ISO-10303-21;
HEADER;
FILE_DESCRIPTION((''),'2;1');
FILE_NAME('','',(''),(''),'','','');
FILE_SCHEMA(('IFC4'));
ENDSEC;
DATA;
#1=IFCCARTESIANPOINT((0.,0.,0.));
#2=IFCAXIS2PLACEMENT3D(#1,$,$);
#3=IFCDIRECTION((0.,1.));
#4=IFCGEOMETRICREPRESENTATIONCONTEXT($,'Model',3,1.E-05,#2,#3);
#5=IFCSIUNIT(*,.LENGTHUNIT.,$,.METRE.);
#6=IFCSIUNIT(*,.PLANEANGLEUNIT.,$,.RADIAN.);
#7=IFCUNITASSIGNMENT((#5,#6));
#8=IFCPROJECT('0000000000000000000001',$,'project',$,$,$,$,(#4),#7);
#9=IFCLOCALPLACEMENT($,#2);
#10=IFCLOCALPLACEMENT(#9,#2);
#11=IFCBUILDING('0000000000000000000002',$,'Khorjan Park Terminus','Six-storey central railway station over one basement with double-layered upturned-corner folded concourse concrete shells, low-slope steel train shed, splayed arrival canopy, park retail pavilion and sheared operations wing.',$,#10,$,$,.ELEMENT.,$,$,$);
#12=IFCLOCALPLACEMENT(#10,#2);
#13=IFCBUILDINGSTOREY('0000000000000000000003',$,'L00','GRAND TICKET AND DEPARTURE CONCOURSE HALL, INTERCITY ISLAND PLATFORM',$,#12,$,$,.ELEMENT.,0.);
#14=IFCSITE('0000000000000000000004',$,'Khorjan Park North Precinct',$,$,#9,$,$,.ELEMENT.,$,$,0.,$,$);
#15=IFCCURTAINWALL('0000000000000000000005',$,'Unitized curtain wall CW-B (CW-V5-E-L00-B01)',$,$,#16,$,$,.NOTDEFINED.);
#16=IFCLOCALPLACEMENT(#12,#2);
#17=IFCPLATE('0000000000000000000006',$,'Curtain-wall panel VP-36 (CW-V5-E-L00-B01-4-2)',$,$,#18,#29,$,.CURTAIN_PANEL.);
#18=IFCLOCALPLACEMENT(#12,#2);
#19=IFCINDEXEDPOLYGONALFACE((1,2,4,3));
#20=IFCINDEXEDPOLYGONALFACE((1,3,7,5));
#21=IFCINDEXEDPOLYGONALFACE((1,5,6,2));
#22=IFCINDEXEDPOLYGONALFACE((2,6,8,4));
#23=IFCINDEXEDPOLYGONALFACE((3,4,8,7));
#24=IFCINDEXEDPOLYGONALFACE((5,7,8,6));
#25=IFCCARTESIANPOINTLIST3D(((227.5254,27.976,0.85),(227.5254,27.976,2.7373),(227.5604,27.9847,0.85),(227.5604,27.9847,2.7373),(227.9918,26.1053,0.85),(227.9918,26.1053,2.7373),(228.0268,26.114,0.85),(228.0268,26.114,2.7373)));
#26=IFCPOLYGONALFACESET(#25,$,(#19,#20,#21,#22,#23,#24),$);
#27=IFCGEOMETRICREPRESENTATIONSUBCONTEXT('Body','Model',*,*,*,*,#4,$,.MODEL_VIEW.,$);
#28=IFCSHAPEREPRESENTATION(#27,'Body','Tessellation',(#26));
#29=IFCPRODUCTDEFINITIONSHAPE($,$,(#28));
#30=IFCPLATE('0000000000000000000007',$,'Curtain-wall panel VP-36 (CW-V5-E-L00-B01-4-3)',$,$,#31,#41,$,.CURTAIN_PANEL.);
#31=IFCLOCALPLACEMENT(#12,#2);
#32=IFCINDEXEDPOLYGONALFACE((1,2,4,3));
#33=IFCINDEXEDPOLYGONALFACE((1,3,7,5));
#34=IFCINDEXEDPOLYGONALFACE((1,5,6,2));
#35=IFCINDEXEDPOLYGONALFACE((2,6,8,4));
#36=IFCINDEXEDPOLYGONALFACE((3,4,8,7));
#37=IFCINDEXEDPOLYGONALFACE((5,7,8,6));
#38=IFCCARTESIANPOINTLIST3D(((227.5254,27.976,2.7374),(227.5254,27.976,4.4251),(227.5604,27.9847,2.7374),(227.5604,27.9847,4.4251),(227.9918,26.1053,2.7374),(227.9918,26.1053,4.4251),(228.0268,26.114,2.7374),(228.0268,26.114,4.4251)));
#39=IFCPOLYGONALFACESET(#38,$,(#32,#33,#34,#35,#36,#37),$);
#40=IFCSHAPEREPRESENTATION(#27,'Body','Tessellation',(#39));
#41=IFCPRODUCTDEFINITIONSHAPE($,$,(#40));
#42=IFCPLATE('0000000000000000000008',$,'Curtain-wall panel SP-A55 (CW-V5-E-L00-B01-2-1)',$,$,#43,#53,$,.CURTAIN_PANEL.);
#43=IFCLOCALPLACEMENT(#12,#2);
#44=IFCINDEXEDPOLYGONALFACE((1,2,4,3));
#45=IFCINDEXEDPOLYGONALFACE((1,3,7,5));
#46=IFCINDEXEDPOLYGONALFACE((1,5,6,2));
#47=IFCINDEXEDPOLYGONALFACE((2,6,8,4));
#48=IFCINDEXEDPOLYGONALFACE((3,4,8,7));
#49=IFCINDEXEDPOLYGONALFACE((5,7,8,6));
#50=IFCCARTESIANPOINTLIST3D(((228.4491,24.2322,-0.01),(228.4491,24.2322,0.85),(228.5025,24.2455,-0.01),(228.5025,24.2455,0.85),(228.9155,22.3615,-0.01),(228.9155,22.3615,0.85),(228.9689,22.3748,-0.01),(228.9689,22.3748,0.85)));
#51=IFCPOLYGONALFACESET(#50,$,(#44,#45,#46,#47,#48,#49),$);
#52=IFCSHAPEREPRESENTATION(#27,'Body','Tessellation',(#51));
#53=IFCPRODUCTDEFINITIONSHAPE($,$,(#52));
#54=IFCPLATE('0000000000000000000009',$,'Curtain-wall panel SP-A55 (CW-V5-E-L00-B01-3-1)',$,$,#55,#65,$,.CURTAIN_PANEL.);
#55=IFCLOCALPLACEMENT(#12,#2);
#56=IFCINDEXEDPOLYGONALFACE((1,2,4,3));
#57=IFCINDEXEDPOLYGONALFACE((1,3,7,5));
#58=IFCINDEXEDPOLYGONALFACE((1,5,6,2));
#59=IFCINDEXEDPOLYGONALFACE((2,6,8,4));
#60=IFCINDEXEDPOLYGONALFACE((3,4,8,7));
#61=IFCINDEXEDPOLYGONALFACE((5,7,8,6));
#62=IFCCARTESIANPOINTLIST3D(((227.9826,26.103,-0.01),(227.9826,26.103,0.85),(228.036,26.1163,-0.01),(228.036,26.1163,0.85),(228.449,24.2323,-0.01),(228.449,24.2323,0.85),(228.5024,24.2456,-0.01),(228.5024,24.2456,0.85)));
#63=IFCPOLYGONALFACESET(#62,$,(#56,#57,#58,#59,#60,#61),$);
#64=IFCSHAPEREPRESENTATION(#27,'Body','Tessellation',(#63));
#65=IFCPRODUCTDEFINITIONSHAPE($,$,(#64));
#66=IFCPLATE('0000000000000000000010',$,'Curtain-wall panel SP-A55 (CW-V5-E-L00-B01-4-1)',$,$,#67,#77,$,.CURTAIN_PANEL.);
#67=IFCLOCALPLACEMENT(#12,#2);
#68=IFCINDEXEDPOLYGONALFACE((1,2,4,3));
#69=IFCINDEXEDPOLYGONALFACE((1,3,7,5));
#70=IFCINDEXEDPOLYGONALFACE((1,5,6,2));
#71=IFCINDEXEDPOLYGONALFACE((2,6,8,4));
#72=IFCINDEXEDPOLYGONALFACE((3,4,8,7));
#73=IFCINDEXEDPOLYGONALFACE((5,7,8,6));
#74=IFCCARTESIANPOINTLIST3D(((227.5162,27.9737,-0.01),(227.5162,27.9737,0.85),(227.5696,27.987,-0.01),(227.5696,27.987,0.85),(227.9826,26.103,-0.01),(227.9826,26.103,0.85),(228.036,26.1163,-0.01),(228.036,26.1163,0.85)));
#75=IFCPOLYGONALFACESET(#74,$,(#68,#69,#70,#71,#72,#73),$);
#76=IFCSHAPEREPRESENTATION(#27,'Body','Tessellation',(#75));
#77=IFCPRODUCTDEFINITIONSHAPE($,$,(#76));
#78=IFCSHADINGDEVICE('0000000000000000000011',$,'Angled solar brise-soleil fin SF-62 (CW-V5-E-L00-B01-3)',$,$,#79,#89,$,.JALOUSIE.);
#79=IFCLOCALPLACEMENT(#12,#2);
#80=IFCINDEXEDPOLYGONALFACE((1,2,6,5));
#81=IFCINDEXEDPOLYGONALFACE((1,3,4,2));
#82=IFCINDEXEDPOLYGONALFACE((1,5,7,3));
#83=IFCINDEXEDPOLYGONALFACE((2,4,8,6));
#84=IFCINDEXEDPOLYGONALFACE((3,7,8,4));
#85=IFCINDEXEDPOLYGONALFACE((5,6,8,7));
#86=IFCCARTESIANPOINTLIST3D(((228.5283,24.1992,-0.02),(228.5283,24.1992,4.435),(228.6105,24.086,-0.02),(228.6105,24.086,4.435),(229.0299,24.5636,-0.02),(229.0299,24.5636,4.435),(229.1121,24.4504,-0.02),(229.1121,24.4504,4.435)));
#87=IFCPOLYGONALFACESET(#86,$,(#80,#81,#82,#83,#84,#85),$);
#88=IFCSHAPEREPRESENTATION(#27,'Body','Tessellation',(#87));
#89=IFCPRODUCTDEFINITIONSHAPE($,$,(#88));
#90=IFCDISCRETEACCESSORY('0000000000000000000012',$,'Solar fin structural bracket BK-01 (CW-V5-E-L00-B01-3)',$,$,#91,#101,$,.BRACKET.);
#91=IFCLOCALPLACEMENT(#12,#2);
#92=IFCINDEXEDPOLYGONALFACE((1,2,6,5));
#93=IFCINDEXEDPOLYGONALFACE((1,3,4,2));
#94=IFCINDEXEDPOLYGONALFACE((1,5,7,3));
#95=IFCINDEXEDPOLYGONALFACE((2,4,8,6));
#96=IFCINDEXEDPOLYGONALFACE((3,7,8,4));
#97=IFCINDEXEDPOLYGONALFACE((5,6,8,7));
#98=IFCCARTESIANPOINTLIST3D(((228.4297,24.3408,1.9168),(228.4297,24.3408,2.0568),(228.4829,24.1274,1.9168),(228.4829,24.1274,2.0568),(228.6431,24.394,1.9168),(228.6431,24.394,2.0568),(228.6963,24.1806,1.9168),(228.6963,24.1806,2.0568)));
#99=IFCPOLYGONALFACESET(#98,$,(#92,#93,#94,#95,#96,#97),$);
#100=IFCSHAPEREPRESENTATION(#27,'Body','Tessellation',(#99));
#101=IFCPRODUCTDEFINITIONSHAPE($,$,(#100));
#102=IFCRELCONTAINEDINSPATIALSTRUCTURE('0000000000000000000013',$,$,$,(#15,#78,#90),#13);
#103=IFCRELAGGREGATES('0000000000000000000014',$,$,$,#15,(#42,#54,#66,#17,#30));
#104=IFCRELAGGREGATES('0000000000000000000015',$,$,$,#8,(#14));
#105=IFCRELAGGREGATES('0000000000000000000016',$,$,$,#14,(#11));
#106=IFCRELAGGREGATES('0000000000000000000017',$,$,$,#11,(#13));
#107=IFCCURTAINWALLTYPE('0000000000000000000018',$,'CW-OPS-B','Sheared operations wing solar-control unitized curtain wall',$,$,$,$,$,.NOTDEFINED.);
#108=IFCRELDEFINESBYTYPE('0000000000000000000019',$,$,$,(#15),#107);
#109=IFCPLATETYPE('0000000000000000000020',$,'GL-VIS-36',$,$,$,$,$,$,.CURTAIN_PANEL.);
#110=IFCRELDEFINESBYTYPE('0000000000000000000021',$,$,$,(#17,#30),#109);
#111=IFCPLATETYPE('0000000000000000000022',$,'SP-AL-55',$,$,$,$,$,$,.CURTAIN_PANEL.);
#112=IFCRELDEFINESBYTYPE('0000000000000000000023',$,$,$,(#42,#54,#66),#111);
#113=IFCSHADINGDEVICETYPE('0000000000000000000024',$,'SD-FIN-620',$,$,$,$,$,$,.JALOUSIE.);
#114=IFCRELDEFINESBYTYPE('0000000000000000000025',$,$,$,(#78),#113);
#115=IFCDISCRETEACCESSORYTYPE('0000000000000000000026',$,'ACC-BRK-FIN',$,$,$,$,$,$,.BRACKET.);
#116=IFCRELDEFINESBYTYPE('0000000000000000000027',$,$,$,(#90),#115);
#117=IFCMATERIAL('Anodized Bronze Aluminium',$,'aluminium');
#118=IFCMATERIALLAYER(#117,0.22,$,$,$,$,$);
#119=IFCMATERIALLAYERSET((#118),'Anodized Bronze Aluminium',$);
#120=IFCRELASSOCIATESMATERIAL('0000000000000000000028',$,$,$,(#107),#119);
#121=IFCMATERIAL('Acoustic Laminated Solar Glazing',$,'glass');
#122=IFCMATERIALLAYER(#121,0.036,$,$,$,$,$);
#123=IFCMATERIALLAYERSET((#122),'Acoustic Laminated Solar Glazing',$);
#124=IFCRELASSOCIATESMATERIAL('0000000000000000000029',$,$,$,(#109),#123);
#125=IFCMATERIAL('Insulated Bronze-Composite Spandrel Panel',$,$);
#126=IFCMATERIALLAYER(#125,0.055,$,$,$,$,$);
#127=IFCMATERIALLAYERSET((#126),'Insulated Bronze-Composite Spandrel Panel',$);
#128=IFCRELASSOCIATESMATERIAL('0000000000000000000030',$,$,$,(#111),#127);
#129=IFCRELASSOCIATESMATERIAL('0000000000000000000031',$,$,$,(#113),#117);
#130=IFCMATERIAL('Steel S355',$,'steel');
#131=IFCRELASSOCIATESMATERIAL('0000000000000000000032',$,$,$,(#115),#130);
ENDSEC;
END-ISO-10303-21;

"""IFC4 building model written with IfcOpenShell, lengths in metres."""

from ifc_helpers import new_model, si_unit, direction, frame, origin, origin_2d, place, context, subcontext, project, spatial, rectangle, extrude, material, layer, layer_set, type_object, element, aggregate, save


model = new_model("IFC4")

# Units and contexts
model_context = context("Model", 3, precision=1e-05, world=origin(), true_north=direction((0.0, 1.0)))
body_context = subcontext(model_context, "Body", "Model", "MODEL_VIEW")
ifc_project = project(units=[si_unit("LENGTHUNIT", "METRE"), si_unit("PLANEANGLEUNIT", "RADIAN")], contexts=[model_context])

# Site, building, storey
site_placement = place(None, origin())
site = spatial("IfcSite", under=ifc_project, at=site_placement, Name="Khorjan Park North Precinct", CompositionType="ELEMENT", RefElevation=0.0)
building_placement = place(site_placement, origin())
building = spatial("IfcBuilding", under=site, at=building_placement, Name="Khorjan Park Terminus", Description="Six-storey central railway station over one basement with double-layered upturned-corner folded concourse concrete shells, low-slope steel train shed, splayed arrival canopy, park retail pavilion and sheared operations wing.", CompositionType="ELEMENT")
storey_placement = place(building_placement, origin())
storey = spatial("IfcBuildingStorey", under=building, at=storey_placement, Name="L00", Description="GRAND TICKET AND DEPARTURE CONCOURSE HALL, INTERCITY ISLAND PLATFORM", CompositionType="ELEMENT", Elevation=0.0)

# Curtain wall, plates
ifc_material_1 = material(Name="Anodized Bronze Aluminium", Category="aluminium")
ifc_layer_1 = layer(ifc_material_1, 0.22)
ifc_layer_set_1 = layer_set([ifc_layer_1], Name="Anodized Bronze Aluminium")
curtain_wall_type = type_object("IfcCurtainWallType", Name="CW-OPS-B", Description="Sheared operations wing solar-control unitized curtain wall", PredefinedType="NOTDEFINED", material=ifc_layer_set_1)
curtain_wall_placement = place(storey_placement, origin())
curtain_wall = element("IfcCurtainWall", 1, at=curtain_wall_placement, inside=storey, type_object=curtain_wall_type, Name="Unitized curtain wall CW-B (CW-V5-E-L00-B01)", PredefinedType="NOTDEFINED")
ifc_material_2 = material(Name="Acoustic Laminated Solar Glazing", Category="glass")
ifc_layer_2 = layer(ifc_material_2, 0.036)
ifc_layer_set_2 = layer_set([ifc_layer_2], Name="Acoustic Laminated Solar Glazing")
plate_type_1 = type_object("IfcPlateType", Name="GL-VIS-36", PredefinedType="CURTAIN_PANEL", material=ifc_layer_set_2)
plate_1_placement = place(storey_placement, frame((227.7761, 27.045, 0.85), z_axis=(0.0, 0.0, 1.0), x_axis=(-0.24192, 0.970296, 0.0)))
plate_1 = element("IfcPlate", 2, at=plate_1_placement, type_object=plate_type_1, Name="Curtain-wall panel VP-36 (CW-V5-E-L00-B01-4-2)", PredefinedType="CURTAIN_PANEL", context=body_context, shape_type="SweptSolid", body=[
    extrude(rectangle(XDim=1.928, YDim=0.036, at=origin_2d()), origin(), (0.0, 0.0, 1.0), 1.8873),
])
plate_2_placement = place(storey_placement, frame((227.7761, 27.045, 2.7374), z_axis=(0.0, 0.0, 1.0), x_axis=(-0.24192, 0.970296, 0.0)))
plate_2 = element("IfcPlate", 3, at=plate_2_placement, type_object=plate_type_1, Name="Curtain-wall panel VP-36 (CW-V5-E-L00-B01-4-3)", PredefinedType="CURTAIN_PANEL", context=body_context, shape_type="SweptSolid", body=[
    extrude(rectangle(XDim=1.928, YDim=0.036, at=origin_2d()), origin(), (0.0, 0.0, 1.0), 1.6877),
])
ifc_material_3 = material(Name="Insulated Bronze-Composite Spandrel Panel")
ifc_layer_3 = layer(ifc_material_3, 0.055)
ifc_layer_set_3 = layer_set([ifc_layer_3], Name="Insulated Bronze-Composite Spandrel Panel")
plate_type_2 = type_object("IfcPlateType", Name="SP-AL-55", PredefinedType="CURTAIN_PANEL", material=ifc_layer_set_3)
plate_3_placement = place(storey_placement, frame((228.709, 23.3035, -0.01), z_axis=(0.0, 0.0, 1.0), x_axis=(-0.24192, 0.970296, 0.0)))
plate_3 = element("IfcPlate", 4, at=plate_3_placement, type_object=plate_type_2, Name="Curtain-wall panel SP-A55 (CW-V5-E-L00-B01-2-1)", PredefinedType="CURTAIN_PANEL", context=body_context, shape_type="SweptSolid", body=[
    extrude(rectangle(XDim=1.928, YDim=0.055, at=origin_2d()), origin(), (0.0, 0.0, 1.0), 0.86),
])
plate_4_placement = place(storey_placement, frame((228.2425, 25.1743, -0.01), z_axis=(0.0, 0.0, 1.0), x_axis=(-0.24192, 0.970296, 0.0)))
plate_4 = element("IfcPlate", 5, at=plate_4_placement, type_object=plate_type_2, Name="Curtain-wall panel SP-A55 (CW-V5-E-L00-B01-3-1)", PredefinedType="CURTAIN_PANEL", context=body_context, shape_type="SweptSolid", body=[
    extrude(rectangle(XDim=1.928, YDim=0.055, at=origin_2d()), origin(), (0.0, 0.0, 1.0), 0.86),
])
plate_5_placement = place(storey_placement, frame((227.7761, 27.045, -0.01), z_axis=(0.0, 0.0, 1.0), x_axis=(-0.24192, 0.970296, 0.0)))
plate_5 = element("IfcPlate", 6, at=plate_5_placement, type_object=plate_type_2, Name="Curtain-wall panel SP-A55 (CW-V5-E-L00-B01-4-1)", PredefinedType="CURTAIN_PANEL", context=body_context, shape_type="SweptSolid", body=[
    extrude(rectangle(XDim=1.928, YDim=0.055, at=origin_2d()), origin(), (0.0, 0.0, 1.0), 0.86),
])
aggregate(curtain_wall, [plate_3, plate_4, plate_5, plate_1, plate_2])

# Shading device
shading_device_type = type_object("IfcShadingDeviceType", Name="SD-FIN-620", PredefinedType="JALOUSIE", material=ifc_material_1)
shading_device_placement = place(storey_placement, frame((228.8202, 24.3248, -0.02), z_axis=(0.0, 0.0, 1.0), x_axis=(-0.809017, -0.587785, 0.0)))
element("IfcShadingDevice", 7, at=shading_device_placement, inside=storey, type_object=shading_device_type, Name="Angled solar brise-soleil fin SF-62 (CW-V5-E-L00-B01-3)", PredefinedType="JALOUSIE", context=body_context, shape_type="SweptSolid", body=[
    extrude(rectangle(XDim=0.62, YDim=0.14, at=origin_2d()), origin(), (0.0, 0.0, 1.0), 4.455),
])

# Discrete accessory
ifc_material_4 = material(Name="Steel S355", Category="steel")
discrete_accessory_type = type_object("IfcDiscreteAccessoryType", Name="ACC-BRK-FIN", PredefinedType="BRACKET", material=ifc_material_4)
discrete_accessory_placement = place(storey_placement, frame((228.563, 24.2607, 1.9168), z_axis=(0.0, 0.0, 1.0), x_axis=(-0.24192, 0.970296, 0.0)))
element("IfcDiscreteAccessory", 8, at=discrete_accessory_placement, inside=storey, type_object=discrete_accessory_type, Name="Solar fin structural bracket BK-01 (CW-V5-E-L00-B01-3)", PredefinedType="BRACKET", context=body_context, shape_type="SweptSolid", body=[
    extrude(rectangle(XDim=0.22, YDim=0.22, at=origin_2d()), origin(), (0.0, 0.0, 1.0), 0.14),
])

save(model, "model.ifc")
